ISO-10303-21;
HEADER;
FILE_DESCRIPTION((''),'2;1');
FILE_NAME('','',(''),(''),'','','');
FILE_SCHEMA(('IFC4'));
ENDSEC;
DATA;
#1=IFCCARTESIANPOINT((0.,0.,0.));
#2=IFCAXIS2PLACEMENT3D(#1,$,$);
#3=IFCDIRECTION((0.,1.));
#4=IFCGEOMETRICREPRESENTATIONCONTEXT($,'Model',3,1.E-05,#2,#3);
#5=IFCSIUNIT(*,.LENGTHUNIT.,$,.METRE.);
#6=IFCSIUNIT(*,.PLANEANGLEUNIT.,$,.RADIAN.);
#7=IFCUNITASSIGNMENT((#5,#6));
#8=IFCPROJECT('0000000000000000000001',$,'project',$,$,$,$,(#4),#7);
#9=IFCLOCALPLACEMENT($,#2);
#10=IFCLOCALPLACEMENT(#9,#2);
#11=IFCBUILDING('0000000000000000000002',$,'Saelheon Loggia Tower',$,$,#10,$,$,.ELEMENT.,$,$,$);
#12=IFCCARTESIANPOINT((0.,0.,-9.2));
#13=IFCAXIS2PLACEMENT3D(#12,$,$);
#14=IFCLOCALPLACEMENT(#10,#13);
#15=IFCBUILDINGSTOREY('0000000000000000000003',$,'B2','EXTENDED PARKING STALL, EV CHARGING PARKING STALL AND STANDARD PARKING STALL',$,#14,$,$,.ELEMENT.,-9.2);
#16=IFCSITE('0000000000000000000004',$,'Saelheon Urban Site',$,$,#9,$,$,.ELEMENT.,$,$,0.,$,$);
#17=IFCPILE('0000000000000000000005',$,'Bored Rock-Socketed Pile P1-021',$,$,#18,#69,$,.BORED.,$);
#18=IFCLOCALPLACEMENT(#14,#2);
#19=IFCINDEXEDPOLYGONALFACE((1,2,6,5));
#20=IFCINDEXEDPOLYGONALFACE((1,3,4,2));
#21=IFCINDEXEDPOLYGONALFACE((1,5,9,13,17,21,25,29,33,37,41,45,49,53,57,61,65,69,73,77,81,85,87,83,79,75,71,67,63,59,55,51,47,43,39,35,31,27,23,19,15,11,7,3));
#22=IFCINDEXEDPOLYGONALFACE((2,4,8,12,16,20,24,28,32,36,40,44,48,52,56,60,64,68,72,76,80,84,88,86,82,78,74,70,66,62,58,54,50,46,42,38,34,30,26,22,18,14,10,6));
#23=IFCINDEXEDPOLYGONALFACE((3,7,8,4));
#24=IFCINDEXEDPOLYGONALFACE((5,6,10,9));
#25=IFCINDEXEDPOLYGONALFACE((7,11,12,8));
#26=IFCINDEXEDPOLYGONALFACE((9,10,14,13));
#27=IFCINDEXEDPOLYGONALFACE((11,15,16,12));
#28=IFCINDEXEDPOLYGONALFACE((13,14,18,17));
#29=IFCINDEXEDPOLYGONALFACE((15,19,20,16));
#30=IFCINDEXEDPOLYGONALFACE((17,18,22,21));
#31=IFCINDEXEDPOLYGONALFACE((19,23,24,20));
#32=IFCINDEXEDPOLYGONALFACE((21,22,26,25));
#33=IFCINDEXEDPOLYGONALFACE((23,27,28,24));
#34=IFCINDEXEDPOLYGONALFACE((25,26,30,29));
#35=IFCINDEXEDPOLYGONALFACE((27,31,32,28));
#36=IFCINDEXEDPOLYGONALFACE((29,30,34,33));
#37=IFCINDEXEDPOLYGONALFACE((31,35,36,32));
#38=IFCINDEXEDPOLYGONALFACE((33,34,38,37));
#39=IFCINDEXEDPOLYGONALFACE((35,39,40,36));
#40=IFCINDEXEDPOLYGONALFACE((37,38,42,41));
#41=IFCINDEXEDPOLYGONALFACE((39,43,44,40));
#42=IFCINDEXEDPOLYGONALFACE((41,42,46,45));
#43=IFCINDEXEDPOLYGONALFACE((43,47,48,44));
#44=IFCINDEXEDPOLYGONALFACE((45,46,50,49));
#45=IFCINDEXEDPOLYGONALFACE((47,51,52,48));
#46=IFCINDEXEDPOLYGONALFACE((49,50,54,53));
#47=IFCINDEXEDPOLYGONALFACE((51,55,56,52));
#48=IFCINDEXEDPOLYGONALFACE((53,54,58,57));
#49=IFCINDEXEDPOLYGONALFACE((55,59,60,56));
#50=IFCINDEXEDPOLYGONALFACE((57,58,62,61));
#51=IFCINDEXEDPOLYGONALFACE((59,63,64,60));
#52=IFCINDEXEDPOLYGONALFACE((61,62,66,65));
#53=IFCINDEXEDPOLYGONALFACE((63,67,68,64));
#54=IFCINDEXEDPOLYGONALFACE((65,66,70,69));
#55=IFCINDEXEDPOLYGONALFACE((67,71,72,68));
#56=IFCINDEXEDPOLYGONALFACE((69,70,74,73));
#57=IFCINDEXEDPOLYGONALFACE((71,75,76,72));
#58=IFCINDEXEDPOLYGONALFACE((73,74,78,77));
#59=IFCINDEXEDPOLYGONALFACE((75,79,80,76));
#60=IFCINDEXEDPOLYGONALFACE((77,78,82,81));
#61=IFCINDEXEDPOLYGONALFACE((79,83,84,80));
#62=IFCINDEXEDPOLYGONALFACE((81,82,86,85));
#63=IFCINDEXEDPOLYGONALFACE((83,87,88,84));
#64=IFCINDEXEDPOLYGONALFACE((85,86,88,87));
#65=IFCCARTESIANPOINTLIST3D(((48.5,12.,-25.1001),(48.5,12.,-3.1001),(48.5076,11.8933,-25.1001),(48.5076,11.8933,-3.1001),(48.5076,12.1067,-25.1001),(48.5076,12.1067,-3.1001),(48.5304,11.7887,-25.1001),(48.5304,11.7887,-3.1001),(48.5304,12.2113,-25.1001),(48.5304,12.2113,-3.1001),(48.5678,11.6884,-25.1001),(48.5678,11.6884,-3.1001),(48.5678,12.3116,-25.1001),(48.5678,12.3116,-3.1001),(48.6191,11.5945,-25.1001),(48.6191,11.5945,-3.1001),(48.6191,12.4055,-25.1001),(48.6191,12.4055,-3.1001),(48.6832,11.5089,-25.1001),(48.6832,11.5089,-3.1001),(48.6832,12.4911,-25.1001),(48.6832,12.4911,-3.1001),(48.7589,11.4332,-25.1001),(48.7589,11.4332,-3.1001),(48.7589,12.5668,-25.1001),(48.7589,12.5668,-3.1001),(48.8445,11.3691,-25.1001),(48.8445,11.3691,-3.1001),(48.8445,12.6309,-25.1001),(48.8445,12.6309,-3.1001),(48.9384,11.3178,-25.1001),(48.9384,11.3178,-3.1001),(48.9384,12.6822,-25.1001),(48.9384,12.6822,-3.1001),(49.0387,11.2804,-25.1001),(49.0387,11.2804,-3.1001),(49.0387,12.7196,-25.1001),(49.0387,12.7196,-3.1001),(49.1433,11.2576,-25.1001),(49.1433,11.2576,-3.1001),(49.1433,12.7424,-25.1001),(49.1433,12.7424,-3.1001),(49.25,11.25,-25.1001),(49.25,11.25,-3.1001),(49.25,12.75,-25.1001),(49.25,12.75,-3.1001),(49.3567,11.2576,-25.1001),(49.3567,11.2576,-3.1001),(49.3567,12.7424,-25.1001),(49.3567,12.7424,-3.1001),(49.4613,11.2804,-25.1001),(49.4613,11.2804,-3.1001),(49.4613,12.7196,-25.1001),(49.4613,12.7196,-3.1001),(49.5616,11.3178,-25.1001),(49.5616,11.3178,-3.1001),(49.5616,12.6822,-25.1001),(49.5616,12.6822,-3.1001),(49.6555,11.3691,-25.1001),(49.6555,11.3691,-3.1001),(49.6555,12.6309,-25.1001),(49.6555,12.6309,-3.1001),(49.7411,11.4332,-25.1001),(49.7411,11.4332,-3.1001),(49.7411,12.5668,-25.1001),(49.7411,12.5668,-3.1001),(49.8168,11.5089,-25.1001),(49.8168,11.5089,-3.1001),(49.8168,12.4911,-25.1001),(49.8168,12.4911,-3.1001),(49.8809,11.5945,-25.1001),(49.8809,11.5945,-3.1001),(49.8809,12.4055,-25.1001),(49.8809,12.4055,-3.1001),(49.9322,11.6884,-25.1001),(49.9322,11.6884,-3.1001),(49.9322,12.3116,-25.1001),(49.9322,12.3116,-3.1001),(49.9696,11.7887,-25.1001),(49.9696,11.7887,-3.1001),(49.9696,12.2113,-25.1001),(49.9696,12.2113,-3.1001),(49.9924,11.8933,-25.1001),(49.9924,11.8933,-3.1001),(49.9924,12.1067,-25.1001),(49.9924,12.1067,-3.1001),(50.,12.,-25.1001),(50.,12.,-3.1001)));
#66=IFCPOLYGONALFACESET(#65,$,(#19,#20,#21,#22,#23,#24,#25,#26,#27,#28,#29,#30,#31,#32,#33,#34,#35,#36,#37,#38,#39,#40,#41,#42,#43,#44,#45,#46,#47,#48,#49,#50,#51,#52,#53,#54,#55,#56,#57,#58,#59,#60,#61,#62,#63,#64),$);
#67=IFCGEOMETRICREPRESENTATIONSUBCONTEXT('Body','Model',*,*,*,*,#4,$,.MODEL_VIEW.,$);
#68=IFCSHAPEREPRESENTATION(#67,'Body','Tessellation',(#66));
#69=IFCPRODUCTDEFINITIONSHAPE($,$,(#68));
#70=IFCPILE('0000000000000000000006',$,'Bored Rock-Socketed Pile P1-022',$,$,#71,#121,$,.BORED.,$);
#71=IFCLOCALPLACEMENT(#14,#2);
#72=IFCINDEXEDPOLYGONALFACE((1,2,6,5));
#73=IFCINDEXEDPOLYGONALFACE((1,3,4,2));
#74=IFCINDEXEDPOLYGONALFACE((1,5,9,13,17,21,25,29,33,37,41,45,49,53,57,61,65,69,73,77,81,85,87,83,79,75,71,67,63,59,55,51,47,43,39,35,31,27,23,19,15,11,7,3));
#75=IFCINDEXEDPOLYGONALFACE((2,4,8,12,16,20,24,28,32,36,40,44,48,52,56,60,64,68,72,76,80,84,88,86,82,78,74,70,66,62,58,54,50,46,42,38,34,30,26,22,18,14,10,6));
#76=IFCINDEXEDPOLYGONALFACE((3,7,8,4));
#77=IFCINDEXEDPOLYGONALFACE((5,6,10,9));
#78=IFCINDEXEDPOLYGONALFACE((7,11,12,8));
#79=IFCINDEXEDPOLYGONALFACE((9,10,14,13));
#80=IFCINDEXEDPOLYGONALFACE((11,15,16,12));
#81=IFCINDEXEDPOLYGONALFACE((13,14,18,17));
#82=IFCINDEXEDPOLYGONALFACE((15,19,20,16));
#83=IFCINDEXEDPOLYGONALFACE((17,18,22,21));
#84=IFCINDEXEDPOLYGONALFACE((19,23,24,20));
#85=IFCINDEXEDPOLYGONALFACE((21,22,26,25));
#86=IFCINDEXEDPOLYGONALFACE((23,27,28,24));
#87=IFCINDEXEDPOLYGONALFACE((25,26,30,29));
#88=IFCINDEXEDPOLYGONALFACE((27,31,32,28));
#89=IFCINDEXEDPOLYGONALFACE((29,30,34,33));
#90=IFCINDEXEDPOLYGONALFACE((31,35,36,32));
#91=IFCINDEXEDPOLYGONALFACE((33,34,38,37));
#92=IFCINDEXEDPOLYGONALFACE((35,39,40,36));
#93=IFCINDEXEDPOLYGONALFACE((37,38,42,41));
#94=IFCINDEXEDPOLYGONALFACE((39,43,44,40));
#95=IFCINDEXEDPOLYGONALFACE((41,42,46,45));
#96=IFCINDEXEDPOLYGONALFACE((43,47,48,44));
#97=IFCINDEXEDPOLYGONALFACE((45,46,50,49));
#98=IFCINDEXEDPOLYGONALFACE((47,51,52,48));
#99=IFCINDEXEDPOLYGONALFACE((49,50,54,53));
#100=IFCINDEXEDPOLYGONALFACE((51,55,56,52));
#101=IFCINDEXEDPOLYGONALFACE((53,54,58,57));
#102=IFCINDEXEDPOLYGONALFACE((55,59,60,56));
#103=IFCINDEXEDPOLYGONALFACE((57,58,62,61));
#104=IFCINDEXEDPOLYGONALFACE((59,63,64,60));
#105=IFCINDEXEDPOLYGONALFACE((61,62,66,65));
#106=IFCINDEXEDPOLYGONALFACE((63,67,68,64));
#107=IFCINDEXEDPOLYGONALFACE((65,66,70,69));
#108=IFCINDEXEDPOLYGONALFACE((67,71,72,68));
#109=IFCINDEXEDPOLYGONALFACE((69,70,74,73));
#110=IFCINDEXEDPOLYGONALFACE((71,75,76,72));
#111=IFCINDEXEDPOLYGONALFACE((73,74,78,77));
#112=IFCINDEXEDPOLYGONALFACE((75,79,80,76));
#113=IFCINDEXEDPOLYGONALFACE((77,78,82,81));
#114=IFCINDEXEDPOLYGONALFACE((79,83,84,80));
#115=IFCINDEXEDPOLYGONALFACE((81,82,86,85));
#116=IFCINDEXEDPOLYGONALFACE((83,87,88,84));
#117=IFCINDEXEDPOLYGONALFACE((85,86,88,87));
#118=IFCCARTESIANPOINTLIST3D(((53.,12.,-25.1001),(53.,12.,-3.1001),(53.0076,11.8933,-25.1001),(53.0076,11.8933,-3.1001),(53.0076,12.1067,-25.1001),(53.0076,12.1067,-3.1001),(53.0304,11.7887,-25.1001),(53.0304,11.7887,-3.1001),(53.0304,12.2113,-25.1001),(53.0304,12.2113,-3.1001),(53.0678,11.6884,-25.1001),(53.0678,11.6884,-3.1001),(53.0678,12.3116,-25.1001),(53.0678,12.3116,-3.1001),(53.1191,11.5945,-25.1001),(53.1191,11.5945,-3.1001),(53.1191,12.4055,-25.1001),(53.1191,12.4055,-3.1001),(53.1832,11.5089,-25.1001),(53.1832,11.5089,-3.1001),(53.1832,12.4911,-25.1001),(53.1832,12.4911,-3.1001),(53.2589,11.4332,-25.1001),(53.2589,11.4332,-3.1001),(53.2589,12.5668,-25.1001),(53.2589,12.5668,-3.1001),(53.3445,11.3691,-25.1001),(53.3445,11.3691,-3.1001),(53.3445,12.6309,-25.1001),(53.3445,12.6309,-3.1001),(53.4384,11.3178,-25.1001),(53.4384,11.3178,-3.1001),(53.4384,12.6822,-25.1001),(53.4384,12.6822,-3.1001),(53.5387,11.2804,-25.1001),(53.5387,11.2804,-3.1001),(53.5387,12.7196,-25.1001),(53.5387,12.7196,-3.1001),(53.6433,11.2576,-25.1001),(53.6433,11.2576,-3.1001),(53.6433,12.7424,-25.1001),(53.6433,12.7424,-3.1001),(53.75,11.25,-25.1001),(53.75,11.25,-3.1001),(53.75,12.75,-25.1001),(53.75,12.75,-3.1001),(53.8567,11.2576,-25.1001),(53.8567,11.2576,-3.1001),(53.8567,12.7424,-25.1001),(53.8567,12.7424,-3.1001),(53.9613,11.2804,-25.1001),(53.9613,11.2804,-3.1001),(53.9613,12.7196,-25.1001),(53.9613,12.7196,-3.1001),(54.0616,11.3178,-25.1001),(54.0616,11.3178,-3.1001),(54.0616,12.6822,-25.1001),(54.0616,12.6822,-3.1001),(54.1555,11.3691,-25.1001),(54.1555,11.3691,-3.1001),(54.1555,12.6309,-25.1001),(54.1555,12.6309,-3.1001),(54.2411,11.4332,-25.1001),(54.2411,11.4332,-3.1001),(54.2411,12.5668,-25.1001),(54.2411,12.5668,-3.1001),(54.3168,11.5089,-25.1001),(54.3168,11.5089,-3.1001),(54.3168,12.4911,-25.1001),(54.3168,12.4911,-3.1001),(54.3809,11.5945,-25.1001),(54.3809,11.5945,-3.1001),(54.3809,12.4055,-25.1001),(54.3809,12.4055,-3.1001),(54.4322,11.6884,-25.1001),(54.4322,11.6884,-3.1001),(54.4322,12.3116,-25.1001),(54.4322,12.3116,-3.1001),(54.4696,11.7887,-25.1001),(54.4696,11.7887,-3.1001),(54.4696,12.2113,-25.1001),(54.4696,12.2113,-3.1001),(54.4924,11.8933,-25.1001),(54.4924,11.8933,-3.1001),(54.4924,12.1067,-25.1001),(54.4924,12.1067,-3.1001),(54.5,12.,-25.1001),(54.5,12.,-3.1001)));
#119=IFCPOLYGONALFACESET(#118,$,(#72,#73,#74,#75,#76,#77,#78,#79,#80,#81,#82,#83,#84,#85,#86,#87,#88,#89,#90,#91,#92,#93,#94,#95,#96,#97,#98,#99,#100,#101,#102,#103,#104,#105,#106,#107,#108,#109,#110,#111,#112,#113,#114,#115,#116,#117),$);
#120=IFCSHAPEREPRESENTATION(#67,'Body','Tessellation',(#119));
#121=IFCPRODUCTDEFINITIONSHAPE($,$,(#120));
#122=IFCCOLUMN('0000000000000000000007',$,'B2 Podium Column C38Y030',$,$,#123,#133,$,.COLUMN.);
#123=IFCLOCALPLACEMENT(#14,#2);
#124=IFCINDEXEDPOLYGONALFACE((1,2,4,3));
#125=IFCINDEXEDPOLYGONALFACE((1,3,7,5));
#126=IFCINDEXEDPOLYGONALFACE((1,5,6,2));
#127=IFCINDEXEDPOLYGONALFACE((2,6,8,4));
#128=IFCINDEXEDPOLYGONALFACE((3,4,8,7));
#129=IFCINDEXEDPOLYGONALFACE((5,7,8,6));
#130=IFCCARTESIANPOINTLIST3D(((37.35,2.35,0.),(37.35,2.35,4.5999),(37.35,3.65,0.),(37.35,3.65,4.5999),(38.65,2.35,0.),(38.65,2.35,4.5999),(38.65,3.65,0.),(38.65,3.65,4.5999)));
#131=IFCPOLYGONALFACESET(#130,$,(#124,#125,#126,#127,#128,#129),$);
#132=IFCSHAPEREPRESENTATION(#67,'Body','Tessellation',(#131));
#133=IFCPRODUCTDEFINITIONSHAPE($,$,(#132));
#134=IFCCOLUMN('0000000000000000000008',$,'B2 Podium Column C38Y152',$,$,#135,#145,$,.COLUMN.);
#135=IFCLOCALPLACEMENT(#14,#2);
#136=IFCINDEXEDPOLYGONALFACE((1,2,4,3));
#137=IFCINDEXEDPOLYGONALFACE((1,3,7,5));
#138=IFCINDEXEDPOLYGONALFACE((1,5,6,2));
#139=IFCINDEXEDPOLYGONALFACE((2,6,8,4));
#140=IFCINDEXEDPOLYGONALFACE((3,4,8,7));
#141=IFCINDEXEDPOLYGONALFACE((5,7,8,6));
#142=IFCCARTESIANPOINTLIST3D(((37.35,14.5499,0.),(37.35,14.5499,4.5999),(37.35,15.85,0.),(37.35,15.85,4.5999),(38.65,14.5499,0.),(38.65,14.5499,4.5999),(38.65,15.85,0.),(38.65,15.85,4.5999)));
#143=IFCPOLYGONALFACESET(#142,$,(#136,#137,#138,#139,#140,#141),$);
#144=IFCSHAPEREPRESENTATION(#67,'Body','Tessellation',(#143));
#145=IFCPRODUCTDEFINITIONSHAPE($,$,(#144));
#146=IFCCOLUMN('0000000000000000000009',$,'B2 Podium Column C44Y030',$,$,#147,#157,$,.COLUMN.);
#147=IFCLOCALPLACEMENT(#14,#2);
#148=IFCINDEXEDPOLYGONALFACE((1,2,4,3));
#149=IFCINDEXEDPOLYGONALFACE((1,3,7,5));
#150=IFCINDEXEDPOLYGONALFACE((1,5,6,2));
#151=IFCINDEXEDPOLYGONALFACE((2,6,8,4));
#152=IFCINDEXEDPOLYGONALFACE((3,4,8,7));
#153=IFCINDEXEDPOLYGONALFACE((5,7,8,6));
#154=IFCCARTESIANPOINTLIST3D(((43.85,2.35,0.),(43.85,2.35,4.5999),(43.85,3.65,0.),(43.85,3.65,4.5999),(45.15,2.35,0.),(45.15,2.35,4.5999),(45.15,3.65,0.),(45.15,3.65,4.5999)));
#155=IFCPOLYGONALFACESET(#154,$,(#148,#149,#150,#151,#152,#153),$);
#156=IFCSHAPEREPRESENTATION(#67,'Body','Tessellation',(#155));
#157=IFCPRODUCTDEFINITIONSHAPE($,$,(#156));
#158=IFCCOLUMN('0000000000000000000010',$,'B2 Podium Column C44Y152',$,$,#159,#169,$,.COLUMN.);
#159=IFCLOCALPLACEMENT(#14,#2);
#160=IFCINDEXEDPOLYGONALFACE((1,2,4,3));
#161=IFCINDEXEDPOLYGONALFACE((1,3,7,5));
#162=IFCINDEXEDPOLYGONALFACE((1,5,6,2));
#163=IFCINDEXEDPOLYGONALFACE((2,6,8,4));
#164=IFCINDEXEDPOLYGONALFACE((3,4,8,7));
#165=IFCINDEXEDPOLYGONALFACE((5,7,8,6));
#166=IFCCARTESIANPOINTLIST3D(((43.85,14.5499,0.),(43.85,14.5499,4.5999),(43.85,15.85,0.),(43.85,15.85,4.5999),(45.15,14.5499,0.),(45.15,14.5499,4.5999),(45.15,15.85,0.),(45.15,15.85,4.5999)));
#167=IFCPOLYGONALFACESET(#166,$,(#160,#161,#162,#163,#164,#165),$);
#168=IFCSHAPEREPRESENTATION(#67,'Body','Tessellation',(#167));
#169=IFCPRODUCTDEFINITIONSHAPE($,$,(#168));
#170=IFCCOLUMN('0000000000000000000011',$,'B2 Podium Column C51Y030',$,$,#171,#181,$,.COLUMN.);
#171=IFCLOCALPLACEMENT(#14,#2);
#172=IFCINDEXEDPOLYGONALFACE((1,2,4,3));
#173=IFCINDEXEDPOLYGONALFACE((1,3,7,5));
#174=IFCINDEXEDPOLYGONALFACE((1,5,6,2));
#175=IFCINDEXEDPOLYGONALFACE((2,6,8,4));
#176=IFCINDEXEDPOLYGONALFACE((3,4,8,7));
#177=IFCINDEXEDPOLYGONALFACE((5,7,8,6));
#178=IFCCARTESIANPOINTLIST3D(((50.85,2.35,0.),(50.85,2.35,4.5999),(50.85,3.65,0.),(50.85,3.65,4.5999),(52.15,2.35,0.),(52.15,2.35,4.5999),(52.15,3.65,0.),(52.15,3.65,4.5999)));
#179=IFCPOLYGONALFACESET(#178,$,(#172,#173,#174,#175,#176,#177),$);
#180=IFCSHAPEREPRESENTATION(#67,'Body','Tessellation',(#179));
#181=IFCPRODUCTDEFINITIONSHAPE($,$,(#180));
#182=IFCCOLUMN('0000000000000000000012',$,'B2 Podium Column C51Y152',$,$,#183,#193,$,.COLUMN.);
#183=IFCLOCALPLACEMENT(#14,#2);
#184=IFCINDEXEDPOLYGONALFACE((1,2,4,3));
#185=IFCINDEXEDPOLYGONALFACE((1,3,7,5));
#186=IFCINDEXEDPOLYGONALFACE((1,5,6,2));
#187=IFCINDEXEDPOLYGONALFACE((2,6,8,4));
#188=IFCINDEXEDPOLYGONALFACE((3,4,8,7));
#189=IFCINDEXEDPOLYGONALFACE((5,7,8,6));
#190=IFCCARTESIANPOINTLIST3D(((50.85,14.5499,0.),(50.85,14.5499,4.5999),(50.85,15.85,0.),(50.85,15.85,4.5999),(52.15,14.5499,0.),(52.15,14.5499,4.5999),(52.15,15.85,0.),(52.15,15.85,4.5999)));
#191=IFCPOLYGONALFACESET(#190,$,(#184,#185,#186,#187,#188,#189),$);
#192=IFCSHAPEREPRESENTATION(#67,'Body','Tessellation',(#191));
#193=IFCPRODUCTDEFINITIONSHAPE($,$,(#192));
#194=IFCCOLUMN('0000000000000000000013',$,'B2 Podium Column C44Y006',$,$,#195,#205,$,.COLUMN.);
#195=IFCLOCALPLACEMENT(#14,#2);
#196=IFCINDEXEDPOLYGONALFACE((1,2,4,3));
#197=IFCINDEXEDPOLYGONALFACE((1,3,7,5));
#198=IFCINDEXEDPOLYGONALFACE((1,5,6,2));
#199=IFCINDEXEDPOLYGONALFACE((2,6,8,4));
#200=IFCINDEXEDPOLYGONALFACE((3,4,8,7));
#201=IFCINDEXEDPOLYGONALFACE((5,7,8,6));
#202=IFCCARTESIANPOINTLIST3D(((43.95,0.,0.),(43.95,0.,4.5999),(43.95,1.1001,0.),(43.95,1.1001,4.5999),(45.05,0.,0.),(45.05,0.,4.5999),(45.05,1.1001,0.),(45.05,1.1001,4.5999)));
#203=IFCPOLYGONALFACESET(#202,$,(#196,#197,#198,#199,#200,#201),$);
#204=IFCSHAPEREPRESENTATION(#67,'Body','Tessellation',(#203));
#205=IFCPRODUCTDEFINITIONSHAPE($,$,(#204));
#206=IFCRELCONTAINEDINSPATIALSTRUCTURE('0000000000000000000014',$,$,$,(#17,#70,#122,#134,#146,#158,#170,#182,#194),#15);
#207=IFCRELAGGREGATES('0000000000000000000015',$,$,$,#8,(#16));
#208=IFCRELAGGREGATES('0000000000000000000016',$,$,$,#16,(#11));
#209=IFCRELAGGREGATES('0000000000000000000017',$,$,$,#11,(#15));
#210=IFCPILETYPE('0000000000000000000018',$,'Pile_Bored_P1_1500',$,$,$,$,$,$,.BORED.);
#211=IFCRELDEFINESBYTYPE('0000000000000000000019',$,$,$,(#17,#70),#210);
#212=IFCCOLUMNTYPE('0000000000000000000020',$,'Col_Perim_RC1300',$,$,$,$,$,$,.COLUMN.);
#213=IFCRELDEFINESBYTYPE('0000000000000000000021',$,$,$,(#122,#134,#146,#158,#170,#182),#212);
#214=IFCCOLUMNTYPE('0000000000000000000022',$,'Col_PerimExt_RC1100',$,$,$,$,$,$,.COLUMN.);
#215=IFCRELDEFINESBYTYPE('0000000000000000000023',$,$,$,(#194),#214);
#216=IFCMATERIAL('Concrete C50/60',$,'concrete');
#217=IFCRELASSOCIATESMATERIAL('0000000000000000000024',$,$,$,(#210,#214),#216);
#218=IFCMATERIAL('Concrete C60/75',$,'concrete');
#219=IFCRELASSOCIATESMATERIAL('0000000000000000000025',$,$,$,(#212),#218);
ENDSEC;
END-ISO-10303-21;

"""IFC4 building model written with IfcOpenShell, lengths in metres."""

from ifc_helpers import new_model, si_unit, direction, frame, origin, origin_2d, place, context, subcontext, project, spatial, rectangle, circle, extrude, source, transform, mapped, material, material_profile, profile_set, type_object, element, save


model = new_model("IFC4")

# Units and contexts
model_context = context("Model", 3, precision=1e-05, world=origin(), true_north=direction((0.0, 1.0)))
body_context = subcontext(model_context, "Body", "Model", "MODEL_VIEW")
ifc_project = project(units=[si_unit("LENGTHUNIT", "METRE"), si_unit("PLANEANGLEUNIT", "RADIAN")], contexts=[model_context])

# Site, building, storey
site_placement = place(None, origin())
site = spatial("IfcSite", under=ifc_project, at=site_placement, Name="Saelheon Urban Site", CompositionType="ELEMENT", RefElevation=0.0)
building_placement = place(site_placement, origin())
building = spatial("IfcBuilding", under=site, at=building_placement, Name="Saelheon Loggia Tower", CompositionType="ELEMENT")
storey_placement = place(building_placement, frame((0.0, 0.0, -9.2)))
storey = spatial("IfcBuildingStorey", under=building, at=storey_placement, Name="B2", Description="EXTENDED PARKING STALL, EV CHARGING PARKING STALL AND STANDARD PARKING STALL", CompositionType="ELEMENT", Elevation=-9.2)

# Piles
ifc_material_1 = material(Name="Concrete C50/60", Category="concrete")
ifc_material_profile_1 = material_profile(ifc_material_1, circle(Radius=0.75, at=origin_2d()), Name="CIRC-1500")
ifc_profile_set_1 = profile_set([ifc_material_profile_1], Name="Concrete C50/60")
pile_type = type_object("IfcPileType", Name="Pile_Bored_P1_1500", PredefinedType="BORED", material=ifc_profile_set_1)
shared_shape_1 = source(origin(), body_context, "Body", "SweptSolid", [
    extrude(circle(Radius=0.75, at=origin_2d()), origin(), (0.0, 0.0, 1.0), 22.0),
])
for number, where, z_axis, x_axis, name in (
    (1, (49.25, 12.0, -3.1001), (0.0, 0.0, -1.0), (1.0, 0.0, 0.0), "Bored Rock-Socketed Pile P1-021"),
    (2, (53.75, 12.0, -3.1001), (0.0, 0.0, -1.0), (1.0, 0.0, 0.0), "Bored Rock-Socketed Pile P1-022"),
):
    element("IfcPile", number, at=place(storey_placement, frame(where, z_axis=z_axis, x_axis=x_axis)), inside=storey, type_object=pile_type, Name=name, PredefinedType="BORED", context=body_context, shape_type="MappedRepresentation", body=[
        mapped(shared_shape_1, transform((0.0, 0.0, 0.0), scale=1.0)),
    ])

# Columns
ifc_material_2 = material(Name="Concrete C60/75", Category="concrete")
ifc_material_profile_2 = material_profile(ifc_material_2, rectangle(XDim=1.3, YDim=1.3, at=origin_2d()), Name="RC-1300x1300")
ifc_profile_set_2 = profile_set([ifc_material_profile_2], Name="Concrete C60/75")
column_type_1 = type_object("IfcColumnType", Name="Col_Perim_RC1300", PredefinedType="COLUMN", material=ifc_profile_set_2)
shared_shape_2 = source(origin(), body_context, "Body", "SweptSolid", [
    extrude(rectangle(XDim=1.3, YDim=1.3, at=origin_2d()), origin(), (0.0, 0.0, 1.0), 4.5999),
])
for number, where, z_axis, x_axis, name in (
    (3, (38.0, 3.0, 0.0), (0.0, 0.0, 1.0), (1.0, 0.0, 0.0), "B2 Podium Column C38Y030"),
    (4, (38.0, 15.2, 0.0), (0.0, 0.0, 1.0), (1.0, 0.0, 0.0), "B2 Podium Column C38Y152"),
    (5, (44.5, 3.0, 0.0), (0.0, 0.0, 1.0), (1.0, 0.0, 0.0), "B2 Podium Column C44Y030"),
    (6, (44.5, 15.2, 0.0), (0.0, 0.0, 1.0), (1.0, 0.0, 0.0), "B2 Podium Column C44Y152"),
    (7, (51.5, 3.0, 0.0), (0.0, 0.0, 1.0), (1.0, 0.0, 0.0), "B2 Podium Column C51Y030"),
    (8, (51.5, 15.2, 0.0), (0.0, 0.0, 1.0), (1.0, 0.0, 0.0), "B2 Podium Column C51Y152"),
):
    element("IfcColumn", number, at=place(storey_placement, frame(where, z_axis=z_axis, x_axis=x_axis)), inside=storey, type_object=column_type_1, Name=name, PredefinedType="COLUMN", context=body_context, shape_type="MappedRepresentation", body=[
        mapped(shared_shape_2, transform((0.0, 0.0, 0.0), scale=1.0)),
    ])
ifc_material_profile_3 = material_profile(ifc_material_1, rectangle(XDim=1.1001, YDim=1.1001, at=origin_2d()), Name="RC-1100x1100")
ifc_profile_set_3 = profile_set([ifc_material_profile_3], Name="Concrete C50/60")
column_type_2 = type_object("IfcColumnType", Name="Col_PerimExt_RC1100", PredefinedType="COLUMN", material=ifc_profile_set_3)
shared_shape_3 = source(origin(), body_context, "Body", "SweptSolid", [
    extrude(rectangle(XDim=1.1001, YDim=1.1001, at=origin_2d()), origin(), (0.0, 0.0, 1.0), 4.5999),
])
column_placement = place(storey_placement, frame((44.5, 0.55, 0.0), z_axis=(0.0, 0.0, 1.0), x_axis=(1.0, 0.0, 0.0)))
element("IfcColumn", 9, at=column_placement, inside=storey, type_object=column_type_2, Name="B2 Podium Column C44Y006", PredefinedType="COLUMN", context=body_context, shape_type="MappedRepresentation", body=[
    mapped(shared_shape_3, transform((0.0, 0.0, 0.0), scale=1.0)),
])

save(model, "model.ifc")
